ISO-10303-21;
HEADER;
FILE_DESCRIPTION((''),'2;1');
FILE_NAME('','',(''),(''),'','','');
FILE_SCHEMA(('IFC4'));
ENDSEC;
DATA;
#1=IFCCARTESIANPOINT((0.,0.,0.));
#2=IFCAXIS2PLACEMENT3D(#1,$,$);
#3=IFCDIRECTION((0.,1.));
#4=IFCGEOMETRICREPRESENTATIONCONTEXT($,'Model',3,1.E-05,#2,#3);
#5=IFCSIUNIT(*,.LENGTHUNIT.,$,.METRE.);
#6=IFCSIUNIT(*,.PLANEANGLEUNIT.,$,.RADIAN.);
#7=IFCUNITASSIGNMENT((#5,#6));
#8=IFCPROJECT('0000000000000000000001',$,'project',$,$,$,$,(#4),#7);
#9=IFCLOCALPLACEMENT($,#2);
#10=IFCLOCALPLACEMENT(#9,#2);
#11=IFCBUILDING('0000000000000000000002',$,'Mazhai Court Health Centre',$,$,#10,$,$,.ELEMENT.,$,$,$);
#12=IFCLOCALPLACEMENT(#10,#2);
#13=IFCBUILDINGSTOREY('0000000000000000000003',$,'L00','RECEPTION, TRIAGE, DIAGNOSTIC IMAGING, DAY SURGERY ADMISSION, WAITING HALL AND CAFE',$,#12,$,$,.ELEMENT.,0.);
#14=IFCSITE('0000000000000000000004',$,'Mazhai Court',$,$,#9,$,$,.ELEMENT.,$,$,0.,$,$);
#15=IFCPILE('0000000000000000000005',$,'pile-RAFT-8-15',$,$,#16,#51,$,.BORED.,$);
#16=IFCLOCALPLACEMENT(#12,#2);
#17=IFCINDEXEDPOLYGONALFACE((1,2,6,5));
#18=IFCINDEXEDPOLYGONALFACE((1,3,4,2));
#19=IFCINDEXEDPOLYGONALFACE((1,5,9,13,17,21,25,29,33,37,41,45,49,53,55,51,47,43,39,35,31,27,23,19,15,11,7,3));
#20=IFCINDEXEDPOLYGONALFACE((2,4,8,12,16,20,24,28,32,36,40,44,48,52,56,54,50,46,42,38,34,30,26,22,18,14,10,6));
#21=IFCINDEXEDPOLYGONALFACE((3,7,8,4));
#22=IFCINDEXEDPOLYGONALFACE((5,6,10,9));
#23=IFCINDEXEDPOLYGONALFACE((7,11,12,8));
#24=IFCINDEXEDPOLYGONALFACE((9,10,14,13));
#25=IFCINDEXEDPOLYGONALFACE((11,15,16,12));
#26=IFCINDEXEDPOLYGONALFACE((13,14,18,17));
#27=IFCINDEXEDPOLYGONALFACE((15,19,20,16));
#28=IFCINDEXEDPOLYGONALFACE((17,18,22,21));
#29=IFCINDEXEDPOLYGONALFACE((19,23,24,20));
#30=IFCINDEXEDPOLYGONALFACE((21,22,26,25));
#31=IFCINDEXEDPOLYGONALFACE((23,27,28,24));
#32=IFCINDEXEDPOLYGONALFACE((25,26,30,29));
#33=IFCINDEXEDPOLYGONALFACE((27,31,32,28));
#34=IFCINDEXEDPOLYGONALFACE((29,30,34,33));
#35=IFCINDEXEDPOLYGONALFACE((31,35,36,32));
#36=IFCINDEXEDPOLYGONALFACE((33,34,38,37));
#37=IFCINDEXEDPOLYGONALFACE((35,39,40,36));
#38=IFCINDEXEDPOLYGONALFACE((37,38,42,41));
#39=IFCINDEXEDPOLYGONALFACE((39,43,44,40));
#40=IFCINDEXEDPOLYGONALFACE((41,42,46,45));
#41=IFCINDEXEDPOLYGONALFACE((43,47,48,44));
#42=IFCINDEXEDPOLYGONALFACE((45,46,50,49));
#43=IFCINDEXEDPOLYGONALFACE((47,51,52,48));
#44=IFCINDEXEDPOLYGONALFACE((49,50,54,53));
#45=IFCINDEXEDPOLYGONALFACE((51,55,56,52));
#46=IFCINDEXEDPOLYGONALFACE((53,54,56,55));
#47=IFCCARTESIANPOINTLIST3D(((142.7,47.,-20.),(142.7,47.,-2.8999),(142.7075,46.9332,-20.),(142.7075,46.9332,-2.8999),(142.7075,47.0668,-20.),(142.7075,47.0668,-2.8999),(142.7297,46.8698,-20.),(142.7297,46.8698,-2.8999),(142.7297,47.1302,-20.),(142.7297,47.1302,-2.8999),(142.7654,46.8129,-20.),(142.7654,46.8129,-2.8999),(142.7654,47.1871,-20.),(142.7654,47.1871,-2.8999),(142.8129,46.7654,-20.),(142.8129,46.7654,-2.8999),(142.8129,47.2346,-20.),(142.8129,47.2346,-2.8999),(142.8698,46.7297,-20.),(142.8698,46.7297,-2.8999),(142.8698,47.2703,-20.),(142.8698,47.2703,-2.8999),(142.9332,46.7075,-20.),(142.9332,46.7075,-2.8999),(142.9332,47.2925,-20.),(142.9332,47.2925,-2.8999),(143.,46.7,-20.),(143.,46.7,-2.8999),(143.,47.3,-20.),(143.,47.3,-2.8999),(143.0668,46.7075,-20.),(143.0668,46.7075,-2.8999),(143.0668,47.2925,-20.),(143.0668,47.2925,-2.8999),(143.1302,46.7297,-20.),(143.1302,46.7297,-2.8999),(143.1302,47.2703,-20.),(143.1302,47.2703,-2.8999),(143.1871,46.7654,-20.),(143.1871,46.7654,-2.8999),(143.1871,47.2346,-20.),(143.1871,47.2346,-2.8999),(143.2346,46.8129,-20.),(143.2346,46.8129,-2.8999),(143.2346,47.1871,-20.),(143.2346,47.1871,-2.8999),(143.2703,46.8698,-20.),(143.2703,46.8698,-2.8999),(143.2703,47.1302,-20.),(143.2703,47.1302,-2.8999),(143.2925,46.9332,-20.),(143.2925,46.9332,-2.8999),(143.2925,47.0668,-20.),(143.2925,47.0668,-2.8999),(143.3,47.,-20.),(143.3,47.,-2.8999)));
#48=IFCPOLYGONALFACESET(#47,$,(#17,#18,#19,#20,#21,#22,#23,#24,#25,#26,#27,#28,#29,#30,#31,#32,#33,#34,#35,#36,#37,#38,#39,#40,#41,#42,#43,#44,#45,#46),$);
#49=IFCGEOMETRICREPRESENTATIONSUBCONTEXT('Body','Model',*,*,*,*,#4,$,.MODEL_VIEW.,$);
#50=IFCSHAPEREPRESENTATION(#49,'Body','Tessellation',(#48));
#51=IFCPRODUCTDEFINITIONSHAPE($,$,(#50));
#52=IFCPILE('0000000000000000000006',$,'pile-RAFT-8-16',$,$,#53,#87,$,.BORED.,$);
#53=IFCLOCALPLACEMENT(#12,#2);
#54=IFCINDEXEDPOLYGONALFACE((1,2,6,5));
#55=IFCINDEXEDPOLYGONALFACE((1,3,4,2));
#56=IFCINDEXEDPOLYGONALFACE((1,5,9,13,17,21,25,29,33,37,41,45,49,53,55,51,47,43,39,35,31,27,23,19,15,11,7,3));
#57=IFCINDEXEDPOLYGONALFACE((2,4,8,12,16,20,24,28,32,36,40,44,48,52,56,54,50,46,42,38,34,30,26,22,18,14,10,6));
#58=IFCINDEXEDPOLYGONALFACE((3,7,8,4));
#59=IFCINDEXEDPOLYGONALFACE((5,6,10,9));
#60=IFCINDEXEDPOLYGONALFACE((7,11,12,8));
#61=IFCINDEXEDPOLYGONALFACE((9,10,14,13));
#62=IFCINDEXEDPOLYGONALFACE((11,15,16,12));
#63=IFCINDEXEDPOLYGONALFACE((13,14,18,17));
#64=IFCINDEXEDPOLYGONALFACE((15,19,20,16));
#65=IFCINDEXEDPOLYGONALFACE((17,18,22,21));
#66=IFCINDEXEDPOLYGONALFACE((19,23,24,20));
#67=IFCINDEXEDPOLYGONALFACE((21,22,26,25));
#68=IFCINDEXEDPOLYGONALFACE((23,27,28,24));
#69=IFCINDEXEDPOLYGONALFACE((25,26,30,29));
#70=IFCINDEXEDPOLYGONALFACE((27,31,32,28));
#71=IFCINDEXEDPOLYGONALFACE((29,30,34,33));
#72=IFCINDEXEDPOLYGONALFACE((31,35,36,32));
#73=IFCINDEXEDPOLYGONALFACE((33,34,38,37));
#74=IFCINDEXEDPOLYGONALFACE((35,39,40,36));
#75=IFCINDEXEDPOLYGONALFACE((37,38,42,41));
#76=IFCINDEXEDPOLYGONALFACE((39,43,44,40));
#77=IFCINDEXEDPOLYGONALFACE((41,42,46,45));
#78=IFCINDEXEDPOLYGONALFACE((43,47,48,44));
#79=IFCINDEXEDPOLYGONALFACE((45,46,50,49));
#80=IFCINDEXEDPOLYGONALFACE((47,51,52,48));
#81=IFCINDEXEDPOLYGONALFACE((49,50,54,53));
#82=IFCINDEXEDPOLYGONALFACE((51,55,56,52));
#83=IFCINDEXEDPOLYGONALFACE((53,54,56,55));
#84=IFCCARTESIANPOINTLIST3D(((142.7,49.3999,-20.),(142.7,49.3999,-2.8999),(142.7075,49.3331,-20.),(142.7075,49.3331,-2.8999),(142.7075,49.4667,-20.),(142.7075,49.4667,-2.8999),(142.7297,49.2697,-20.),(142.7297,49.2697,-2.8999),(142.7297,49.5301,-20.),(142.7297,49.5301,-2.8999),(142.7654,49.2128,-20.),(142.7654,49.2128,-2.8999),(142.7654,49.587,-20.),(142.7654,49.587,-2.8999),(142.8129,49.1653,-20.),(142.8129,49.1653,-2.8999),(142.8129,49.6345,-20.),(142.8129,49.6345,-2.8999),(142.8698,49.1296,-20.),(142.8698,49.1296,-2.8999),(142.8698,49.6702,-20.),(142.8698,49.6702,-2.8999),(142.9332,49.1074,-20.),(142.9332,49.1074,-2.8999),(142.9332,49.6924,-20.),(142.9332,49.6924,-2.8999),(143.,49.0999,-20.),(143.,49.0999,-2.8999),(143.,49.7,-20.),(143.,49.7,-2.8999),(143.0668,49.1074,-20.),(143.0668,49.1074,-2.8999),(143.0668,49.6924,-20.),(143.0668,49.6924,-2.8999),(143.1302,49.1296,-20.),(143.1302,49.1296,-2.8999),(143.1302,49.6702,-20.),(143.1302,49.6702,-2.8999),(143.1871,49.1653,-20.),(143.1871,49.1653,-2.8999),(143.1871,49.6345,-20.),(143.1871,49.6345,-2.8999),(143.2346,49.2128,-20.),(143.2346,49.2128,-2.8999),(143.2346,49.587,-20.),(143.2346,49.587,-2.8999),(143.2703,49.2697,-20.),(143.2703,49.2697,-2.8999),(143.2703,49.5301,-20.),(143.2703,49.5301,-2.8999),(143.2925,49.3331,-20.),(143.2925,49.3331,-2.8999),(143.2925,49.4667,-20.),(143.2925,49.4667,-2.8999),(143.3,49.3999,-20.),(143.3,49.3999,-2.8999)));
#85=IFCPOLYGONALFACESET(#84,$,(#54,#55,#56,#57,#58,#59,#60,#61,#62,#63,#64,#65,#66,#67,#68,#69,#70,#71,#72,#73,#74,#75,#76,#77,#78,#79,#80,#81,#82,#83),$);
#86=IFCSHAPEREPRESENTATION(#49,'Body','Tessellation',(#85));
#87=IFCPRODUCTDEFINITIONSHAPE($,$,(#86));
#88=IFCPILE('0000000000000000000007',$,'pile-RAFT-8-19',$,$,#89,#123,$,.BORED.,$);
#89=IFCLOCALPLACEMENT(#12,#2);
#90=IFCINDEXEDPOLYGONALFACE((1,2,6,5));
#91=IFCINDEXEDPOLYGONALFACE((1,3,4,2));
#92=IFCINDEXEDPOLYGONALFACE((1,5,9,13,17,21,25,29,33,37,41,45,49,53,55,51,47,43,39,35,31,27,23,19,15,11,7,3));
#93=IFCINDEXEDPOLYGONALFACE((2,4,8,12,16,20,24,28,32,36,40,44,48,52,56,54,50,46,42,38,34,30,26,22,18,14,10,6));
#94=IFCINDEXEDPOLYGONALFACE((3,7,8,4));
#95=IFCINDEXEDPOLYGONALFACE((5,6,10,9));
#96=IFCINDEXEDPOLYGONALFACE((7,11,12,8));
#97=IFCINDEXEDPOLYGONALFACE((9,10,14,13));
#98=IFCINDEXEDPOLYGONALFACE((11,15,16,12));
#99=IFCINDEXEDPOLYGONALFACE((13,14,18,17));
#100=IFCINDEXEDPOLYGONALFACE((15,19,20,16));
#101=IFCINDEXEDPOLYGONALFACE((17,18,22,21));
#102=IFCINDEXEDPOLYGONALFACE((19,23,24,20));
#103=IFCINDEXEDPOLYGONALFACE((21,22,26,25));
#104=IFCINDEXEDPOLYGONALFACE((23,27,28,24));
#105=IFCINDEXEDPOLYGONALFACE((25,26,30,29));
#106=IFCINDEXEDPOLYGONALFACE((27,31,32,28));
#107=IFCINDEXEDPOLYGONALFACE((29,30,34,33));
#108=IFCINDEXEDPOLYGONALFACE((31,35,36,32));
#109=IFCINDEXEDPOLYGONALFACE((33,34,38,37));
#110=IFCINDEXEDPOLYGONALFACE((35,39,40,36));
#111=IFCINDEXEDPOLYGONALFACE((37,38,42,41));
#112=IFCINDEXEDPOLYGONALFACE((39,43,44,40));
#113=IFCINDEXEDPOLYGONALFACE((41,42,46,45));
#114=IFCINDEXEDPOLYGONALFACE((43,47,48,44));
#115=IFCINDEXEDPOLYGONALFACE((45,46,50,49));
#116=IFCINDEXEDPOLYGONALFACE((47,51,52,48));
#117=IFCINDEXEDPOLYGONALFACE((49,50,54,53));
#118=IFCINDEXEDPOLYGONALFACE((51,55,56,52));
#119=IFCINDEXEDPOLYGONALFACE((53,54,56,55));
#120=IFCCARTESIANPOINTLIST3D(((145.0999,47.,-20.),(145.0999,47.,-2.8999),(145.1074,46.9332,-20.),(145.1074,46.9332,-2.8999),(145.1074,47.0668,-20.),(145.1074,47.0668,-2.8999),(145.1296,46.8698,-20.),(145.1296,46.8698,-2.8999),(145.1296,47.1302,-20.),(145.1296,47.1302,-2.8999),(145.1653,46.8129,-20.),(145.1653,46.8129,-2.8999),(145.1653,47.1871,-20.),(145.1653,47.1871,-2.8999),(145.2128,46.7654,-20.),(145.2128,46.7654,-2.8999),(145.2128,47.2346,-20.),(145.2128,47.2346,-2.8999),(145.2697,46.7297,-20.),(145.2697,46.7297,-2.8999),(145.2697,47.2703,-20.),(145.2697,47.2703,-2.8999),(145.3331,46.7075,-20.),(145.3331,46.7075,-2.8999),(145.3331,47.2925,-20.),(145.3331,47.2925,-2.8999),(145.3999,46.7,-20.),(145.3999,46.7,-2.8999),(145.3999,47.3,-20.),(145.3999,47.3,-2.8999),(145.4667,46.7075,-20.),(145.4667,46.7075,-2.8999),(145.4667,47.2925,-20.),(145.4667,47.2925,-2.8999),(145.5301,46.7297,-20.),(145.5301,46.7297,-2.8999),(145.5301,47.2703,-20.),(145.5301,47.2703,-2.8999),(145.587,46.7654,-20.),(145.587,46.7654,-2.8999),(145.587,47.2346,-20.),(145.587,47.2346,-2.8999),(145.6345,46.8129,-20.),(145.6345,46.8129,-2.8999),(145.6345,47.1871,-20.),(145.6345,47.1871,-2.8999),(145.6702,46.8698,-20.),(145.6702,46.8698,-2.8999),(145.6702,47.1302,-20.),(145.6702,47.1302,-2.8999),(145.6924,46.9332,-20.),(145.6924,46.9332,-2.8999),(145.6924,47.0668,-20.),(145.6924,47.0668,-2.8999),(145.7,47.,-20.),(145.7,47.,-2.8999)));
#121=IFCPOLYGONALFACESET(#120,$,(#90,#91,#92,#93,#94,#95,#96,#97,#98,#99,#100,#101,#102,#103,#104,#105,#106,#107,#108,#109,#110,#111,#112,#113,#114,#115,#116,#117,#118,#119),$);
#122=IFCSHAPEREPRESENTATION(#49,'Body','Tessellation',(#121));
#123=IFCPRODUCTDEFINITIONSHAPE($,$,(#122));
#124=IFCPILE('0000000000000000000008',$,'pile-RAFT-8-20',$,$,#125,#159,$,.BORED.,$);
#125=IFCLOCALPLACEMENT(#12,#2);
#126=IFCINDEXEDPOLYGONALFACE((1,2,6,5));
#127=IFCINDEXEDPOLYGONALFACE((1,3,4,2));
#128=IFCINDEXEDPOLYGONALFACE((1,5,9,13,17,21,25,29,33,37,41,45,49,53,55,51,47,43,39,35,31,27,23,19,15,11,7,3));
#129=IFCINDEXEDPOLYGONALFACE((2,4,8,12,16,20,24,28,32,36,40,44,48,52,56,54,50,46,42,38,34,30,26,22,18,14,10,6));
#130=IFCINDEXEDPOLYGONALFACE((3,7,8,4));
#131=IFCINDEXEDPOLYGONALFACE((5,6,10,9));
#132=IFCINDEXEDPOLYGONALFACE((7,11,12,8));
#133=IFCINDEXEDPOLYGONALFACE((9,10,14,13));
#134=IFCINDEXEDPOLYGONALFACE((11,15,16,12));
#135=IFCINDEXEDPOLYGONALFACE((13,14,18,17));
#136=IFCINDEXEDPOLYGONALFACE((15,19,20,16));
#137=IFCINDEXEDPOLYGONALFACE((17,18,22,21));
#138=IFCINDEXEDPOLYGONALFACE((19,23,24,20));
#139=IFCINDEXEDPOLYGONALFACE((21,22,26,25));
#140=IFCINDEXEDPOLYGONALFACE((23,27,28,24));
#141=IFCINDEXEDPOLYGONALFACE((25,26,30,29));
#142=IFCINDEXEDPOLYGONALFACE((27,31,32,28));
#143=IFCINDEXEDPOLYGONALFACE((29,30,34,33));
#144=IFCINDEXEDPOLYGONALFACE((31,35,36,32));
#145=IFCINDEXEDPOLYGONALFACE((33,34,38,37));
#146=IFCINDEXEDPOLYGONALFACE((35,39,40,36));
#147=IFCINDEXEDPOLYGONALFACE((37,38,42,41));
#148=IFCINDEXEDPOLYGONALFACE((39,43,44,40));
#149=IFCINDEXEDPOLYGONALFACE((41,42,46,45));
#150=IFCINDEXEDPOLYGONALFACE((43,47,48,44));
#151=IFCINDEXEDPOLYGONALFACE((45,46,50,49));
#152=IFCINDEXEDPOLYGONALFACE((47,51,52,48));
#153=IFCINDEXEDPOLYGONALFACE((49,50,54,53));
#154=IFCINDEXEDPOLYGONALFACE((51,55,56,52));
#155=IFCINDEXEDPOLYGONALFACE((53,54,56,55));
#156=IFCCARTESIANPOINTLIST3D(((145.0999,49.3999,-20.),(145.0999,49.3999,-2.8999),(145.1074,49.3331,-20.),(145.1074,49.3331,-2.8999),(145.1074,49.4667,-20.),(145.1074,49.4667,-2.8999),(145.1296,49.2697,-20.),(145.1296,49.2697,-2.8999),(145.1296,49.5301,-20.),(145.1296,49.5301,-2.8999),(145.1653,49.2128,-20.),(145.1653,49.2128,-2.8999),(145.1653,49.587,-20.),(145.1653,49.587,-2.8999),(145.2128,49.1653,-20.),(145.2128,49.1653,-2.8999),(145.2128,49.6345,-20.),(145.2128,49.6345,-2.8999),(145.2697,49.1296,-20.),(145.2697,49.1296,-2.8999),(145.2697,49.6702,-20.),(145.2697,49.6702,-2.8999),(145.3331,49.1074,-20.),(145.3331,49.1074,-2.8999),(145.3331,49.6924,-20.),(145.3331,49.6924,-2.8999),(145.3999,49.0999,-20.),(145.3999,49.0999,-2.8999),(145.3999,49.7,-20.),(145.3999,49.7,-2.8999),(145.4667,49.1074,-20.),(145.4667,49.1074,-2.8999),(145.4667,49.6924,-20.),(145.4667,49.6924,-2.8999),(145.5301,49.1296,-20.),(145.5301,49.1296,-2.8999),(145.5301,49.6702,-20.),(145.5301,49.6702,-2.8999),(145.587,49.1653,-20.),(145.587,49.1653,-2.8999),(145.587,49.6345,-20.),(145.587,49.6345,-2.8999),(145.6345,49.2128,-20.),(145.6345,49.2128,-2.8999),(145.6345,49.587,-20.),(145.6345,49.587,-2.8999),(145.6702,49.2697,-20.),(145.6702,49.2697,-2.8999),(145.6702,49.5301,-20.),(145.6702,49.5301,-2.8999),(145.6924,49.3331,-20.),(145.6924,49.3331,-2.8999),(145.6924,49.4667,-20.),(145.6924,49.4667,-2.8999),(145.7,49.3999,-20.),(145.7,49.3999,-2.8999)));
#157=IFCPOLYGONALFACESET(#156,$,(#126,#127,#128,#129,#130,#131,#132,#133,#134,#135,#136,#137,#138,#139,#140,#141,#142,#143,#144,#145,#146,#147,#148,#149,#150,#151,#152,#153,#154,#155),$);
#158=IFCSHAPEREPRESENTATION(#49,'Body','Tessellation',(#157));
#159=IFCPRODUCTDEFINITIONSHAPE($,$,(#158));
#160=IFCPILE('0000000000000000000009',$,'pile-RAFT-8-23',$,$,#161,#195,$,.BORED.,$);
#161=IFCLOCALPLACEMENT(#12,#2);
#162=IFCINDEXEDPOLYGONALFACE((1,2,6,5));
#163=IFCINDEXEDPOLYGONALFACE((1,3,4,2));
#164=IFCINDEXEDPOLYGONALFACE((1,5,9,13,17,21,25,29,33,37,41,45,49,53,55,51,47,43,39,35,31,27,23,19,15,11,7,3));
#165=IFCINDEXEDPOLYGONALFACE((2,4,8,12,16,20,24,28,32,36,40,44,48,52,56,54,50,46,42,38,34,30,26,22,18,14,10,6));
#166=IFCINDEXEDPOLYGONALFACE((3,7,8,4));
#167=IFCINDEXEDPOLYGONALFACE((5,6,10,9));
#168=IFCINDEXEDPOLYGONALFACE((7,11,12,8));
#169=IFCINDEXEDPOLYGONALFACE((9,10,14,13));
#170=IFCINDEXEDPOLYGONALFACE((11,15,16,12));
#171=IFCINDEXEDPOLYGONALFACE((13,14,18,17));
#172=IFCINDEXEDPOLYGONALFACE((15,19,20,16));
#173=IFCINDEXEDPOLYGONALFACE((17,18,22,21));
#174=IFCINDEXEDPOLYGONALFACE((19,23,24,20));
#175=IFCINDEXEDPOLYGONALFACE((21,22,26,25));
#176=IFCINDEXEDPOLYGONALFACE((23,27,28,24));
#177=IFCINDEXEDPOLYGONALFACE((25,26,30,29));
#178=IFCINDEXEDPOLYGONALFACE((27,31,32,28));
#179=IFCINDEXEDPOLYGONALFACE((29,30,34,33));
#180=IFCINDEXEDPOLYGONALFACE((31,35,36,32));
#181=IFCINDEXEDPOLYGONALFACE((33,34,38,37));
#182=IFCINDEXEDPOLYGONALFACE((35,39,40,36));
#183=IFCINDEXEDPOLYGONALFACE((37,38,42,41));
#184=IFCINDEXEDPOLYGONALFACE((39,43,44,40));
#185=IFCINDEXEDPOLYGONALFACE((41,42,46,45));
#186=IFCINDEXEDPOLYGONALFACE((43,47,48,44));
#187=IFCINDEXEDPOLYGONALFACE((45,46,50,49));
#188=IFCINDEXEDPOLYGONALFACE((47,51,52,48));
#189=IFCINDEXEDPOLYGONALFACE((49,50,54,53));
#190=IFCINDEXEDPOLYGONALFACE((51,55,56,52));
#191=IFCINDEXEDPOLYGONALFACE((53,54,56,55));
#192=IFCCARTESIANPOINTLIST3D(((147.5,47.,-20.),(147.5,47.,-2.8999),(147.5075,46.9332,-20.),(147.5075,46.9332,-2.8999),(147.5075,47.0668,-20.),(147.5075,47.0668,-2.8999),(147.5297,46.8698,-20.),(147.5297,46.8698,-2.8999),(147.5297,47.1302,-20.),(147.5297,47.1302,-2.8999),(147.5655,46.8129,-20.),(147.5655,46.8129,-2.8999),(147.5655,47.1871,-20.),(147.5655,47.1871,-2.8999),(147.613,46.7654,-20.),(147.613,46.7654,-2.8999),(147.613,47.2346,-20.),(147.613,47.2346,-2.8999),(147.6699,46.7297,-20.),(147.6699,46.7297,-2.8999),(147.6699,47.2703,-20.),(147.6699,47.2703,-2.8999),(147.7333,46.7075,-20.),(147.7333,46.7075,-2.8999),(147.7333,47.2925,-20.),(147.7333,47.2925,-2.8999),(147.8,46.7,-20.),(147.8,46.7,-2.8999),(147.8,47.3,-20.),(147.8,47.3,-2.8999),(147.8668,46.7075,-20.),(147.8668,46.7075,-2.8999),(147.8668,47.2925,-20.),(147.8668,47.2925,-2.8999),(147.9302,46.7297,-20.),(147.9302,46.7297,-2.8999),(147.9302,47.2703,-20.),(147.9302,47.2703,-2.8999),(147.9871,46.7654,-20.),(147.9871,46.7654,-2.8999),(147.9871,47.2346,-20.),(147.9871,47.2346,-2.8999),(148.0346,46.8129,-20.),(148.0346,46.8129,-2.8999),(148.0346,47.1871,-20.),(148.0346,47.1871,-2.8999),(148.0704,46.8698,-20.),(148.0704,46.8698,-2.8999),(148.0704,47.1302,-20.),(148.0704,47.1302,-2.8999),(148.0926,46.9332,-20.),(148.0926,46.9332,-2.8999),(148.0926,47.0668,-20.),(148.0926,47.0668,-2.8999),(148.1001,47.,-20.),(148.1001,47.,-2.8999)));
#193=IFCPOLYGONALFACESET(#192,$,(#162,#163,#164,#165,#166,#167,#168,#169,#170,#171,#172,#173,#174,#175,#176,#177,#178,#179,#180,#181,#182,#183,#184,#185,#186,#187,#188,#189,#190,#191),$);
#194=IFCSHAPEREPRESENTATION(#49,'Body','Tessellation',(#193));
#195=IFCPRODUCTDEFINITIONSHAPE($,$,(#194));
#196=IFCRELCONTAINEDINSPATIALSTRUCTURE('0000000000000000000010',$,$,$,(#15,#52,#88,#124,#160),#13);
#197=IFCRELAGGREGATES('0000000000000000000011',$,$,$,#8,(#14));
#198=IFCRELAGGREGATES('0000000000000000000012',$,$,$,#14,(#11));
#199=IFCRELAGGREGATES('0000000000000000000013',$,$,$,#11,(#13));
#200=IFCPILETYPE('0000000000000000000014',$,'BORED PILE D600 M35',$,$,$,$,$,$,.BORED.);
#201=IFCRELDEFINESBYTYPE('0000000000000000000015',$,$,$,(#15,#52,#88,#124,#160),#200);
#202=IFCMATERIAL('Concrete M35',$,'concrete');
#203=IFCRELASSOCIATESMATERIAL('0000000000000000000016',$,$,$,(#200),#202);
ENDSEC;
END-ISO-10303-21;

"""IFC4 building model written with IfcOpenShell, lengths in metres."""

from ifc_helpers import new_model, si_unit, direction, frame, origin, origin_2d, place, context, subcontext, project, spatial, circle, extrude, material, material_profile, profile_set, type_object, element, save


model = new_model("IFC4")

# Units and contexts
model_context = context("Model", 3, precision=1e-05, world=origin(), true_north=direction((0.0, 1.0)))
body_context = subcontext(model_context, "Body", "Model", "MODEL_VIEW")
ifc_project = project(units=[si_unit("LENGTHUNIT", "METRE"), si_unit("PLANEANGLEUNIT", "RADIAN")], contexts=[model_context])

# Site, building, storey
site_placement = place(None, origin())
site = spatial("IfcSite", under=ifc_project, at=site_placement, Name="Mazhai Court", CompositionType="ELEMENT", RefElevation=0.0)
building_placement = place(site_placement, origin())
building = spatial("IfcBuilding", under=site, at=building_placement, Name="Mazhai Court Health Centre", CompositionType="ELEMENT")
storey_placement = place(building_placement, origin())
storey = spatial("IfcBuildingStorey", under=building, at=storey_placement, Name="L00", Description="RECEPTION, TRIAGE, DIAGNOSTIC IMAGING, DAY SURGERY ADMISSION, WAITING HALL AND CAFE", CompositionType="ELEMENT", Elevation=0.0)

# Piles
ifc_material_1 = material(Name="Concrete M35", Category="concrete")
ifc_material_profile_1 = material_profile(ifc_material_1, circle(Radius=0.3, at=origin_2d()), Name="RC PILE D600")
ifc_profile_set_1 = profile_set([ifc_material_profile_1], Name="Concrete M35")
pile_type = type_object("IfcPileType", Name="BORED PILE D600 M35", PredefinedType="BORED", material=ifc_profile_set_1)
for number, where, z_axis, x_axis, name in (
    (1, (143.0, 47.0, -2.8999), (0.0, 0.0, -1.0), (1.0, 0.0, 0.0), "pile-RAFT-8-15"),
    (2, (143.0, 49.3999, -2.8999), (0.0, 0.0, -1.0), (1.0, 0.0, 0.0), "pile-RAFT-8-16"),
    (3, (145.3999, 47.0, -2.8999), (0.0, 0.0, -1.0), (1.0, 0.0, 0.0), "pile-RAFT-8-19"),
    (4, (145.3999, 49.3999, -2.8999), (0.0, 0.0, -1.0), (1.0, 0.0, 0.0), "pile-RAFT-8-20"),
    (5, (147.8, 47.0, -2.8999), (0.0, 0.0, -1.0), (1.0, 0.0, 0.0), "pile-RAFT-8-23"),
):
    element("IfcPile", number, at=place(storey_placement, frame(where, z_axis=z_axis, x_axis=x_axis)), inside=storey, type_object=pile_type, Name=name, PredefinedType="BORED", context=body_context, shape_type="SweptSolid", body=[
        extrude(circle(Radius=0.3, at=origin_2d()), origin(), (0.0, 0.0, 1.0), 17.1001),
    ])

save(model, "model.ifc")
